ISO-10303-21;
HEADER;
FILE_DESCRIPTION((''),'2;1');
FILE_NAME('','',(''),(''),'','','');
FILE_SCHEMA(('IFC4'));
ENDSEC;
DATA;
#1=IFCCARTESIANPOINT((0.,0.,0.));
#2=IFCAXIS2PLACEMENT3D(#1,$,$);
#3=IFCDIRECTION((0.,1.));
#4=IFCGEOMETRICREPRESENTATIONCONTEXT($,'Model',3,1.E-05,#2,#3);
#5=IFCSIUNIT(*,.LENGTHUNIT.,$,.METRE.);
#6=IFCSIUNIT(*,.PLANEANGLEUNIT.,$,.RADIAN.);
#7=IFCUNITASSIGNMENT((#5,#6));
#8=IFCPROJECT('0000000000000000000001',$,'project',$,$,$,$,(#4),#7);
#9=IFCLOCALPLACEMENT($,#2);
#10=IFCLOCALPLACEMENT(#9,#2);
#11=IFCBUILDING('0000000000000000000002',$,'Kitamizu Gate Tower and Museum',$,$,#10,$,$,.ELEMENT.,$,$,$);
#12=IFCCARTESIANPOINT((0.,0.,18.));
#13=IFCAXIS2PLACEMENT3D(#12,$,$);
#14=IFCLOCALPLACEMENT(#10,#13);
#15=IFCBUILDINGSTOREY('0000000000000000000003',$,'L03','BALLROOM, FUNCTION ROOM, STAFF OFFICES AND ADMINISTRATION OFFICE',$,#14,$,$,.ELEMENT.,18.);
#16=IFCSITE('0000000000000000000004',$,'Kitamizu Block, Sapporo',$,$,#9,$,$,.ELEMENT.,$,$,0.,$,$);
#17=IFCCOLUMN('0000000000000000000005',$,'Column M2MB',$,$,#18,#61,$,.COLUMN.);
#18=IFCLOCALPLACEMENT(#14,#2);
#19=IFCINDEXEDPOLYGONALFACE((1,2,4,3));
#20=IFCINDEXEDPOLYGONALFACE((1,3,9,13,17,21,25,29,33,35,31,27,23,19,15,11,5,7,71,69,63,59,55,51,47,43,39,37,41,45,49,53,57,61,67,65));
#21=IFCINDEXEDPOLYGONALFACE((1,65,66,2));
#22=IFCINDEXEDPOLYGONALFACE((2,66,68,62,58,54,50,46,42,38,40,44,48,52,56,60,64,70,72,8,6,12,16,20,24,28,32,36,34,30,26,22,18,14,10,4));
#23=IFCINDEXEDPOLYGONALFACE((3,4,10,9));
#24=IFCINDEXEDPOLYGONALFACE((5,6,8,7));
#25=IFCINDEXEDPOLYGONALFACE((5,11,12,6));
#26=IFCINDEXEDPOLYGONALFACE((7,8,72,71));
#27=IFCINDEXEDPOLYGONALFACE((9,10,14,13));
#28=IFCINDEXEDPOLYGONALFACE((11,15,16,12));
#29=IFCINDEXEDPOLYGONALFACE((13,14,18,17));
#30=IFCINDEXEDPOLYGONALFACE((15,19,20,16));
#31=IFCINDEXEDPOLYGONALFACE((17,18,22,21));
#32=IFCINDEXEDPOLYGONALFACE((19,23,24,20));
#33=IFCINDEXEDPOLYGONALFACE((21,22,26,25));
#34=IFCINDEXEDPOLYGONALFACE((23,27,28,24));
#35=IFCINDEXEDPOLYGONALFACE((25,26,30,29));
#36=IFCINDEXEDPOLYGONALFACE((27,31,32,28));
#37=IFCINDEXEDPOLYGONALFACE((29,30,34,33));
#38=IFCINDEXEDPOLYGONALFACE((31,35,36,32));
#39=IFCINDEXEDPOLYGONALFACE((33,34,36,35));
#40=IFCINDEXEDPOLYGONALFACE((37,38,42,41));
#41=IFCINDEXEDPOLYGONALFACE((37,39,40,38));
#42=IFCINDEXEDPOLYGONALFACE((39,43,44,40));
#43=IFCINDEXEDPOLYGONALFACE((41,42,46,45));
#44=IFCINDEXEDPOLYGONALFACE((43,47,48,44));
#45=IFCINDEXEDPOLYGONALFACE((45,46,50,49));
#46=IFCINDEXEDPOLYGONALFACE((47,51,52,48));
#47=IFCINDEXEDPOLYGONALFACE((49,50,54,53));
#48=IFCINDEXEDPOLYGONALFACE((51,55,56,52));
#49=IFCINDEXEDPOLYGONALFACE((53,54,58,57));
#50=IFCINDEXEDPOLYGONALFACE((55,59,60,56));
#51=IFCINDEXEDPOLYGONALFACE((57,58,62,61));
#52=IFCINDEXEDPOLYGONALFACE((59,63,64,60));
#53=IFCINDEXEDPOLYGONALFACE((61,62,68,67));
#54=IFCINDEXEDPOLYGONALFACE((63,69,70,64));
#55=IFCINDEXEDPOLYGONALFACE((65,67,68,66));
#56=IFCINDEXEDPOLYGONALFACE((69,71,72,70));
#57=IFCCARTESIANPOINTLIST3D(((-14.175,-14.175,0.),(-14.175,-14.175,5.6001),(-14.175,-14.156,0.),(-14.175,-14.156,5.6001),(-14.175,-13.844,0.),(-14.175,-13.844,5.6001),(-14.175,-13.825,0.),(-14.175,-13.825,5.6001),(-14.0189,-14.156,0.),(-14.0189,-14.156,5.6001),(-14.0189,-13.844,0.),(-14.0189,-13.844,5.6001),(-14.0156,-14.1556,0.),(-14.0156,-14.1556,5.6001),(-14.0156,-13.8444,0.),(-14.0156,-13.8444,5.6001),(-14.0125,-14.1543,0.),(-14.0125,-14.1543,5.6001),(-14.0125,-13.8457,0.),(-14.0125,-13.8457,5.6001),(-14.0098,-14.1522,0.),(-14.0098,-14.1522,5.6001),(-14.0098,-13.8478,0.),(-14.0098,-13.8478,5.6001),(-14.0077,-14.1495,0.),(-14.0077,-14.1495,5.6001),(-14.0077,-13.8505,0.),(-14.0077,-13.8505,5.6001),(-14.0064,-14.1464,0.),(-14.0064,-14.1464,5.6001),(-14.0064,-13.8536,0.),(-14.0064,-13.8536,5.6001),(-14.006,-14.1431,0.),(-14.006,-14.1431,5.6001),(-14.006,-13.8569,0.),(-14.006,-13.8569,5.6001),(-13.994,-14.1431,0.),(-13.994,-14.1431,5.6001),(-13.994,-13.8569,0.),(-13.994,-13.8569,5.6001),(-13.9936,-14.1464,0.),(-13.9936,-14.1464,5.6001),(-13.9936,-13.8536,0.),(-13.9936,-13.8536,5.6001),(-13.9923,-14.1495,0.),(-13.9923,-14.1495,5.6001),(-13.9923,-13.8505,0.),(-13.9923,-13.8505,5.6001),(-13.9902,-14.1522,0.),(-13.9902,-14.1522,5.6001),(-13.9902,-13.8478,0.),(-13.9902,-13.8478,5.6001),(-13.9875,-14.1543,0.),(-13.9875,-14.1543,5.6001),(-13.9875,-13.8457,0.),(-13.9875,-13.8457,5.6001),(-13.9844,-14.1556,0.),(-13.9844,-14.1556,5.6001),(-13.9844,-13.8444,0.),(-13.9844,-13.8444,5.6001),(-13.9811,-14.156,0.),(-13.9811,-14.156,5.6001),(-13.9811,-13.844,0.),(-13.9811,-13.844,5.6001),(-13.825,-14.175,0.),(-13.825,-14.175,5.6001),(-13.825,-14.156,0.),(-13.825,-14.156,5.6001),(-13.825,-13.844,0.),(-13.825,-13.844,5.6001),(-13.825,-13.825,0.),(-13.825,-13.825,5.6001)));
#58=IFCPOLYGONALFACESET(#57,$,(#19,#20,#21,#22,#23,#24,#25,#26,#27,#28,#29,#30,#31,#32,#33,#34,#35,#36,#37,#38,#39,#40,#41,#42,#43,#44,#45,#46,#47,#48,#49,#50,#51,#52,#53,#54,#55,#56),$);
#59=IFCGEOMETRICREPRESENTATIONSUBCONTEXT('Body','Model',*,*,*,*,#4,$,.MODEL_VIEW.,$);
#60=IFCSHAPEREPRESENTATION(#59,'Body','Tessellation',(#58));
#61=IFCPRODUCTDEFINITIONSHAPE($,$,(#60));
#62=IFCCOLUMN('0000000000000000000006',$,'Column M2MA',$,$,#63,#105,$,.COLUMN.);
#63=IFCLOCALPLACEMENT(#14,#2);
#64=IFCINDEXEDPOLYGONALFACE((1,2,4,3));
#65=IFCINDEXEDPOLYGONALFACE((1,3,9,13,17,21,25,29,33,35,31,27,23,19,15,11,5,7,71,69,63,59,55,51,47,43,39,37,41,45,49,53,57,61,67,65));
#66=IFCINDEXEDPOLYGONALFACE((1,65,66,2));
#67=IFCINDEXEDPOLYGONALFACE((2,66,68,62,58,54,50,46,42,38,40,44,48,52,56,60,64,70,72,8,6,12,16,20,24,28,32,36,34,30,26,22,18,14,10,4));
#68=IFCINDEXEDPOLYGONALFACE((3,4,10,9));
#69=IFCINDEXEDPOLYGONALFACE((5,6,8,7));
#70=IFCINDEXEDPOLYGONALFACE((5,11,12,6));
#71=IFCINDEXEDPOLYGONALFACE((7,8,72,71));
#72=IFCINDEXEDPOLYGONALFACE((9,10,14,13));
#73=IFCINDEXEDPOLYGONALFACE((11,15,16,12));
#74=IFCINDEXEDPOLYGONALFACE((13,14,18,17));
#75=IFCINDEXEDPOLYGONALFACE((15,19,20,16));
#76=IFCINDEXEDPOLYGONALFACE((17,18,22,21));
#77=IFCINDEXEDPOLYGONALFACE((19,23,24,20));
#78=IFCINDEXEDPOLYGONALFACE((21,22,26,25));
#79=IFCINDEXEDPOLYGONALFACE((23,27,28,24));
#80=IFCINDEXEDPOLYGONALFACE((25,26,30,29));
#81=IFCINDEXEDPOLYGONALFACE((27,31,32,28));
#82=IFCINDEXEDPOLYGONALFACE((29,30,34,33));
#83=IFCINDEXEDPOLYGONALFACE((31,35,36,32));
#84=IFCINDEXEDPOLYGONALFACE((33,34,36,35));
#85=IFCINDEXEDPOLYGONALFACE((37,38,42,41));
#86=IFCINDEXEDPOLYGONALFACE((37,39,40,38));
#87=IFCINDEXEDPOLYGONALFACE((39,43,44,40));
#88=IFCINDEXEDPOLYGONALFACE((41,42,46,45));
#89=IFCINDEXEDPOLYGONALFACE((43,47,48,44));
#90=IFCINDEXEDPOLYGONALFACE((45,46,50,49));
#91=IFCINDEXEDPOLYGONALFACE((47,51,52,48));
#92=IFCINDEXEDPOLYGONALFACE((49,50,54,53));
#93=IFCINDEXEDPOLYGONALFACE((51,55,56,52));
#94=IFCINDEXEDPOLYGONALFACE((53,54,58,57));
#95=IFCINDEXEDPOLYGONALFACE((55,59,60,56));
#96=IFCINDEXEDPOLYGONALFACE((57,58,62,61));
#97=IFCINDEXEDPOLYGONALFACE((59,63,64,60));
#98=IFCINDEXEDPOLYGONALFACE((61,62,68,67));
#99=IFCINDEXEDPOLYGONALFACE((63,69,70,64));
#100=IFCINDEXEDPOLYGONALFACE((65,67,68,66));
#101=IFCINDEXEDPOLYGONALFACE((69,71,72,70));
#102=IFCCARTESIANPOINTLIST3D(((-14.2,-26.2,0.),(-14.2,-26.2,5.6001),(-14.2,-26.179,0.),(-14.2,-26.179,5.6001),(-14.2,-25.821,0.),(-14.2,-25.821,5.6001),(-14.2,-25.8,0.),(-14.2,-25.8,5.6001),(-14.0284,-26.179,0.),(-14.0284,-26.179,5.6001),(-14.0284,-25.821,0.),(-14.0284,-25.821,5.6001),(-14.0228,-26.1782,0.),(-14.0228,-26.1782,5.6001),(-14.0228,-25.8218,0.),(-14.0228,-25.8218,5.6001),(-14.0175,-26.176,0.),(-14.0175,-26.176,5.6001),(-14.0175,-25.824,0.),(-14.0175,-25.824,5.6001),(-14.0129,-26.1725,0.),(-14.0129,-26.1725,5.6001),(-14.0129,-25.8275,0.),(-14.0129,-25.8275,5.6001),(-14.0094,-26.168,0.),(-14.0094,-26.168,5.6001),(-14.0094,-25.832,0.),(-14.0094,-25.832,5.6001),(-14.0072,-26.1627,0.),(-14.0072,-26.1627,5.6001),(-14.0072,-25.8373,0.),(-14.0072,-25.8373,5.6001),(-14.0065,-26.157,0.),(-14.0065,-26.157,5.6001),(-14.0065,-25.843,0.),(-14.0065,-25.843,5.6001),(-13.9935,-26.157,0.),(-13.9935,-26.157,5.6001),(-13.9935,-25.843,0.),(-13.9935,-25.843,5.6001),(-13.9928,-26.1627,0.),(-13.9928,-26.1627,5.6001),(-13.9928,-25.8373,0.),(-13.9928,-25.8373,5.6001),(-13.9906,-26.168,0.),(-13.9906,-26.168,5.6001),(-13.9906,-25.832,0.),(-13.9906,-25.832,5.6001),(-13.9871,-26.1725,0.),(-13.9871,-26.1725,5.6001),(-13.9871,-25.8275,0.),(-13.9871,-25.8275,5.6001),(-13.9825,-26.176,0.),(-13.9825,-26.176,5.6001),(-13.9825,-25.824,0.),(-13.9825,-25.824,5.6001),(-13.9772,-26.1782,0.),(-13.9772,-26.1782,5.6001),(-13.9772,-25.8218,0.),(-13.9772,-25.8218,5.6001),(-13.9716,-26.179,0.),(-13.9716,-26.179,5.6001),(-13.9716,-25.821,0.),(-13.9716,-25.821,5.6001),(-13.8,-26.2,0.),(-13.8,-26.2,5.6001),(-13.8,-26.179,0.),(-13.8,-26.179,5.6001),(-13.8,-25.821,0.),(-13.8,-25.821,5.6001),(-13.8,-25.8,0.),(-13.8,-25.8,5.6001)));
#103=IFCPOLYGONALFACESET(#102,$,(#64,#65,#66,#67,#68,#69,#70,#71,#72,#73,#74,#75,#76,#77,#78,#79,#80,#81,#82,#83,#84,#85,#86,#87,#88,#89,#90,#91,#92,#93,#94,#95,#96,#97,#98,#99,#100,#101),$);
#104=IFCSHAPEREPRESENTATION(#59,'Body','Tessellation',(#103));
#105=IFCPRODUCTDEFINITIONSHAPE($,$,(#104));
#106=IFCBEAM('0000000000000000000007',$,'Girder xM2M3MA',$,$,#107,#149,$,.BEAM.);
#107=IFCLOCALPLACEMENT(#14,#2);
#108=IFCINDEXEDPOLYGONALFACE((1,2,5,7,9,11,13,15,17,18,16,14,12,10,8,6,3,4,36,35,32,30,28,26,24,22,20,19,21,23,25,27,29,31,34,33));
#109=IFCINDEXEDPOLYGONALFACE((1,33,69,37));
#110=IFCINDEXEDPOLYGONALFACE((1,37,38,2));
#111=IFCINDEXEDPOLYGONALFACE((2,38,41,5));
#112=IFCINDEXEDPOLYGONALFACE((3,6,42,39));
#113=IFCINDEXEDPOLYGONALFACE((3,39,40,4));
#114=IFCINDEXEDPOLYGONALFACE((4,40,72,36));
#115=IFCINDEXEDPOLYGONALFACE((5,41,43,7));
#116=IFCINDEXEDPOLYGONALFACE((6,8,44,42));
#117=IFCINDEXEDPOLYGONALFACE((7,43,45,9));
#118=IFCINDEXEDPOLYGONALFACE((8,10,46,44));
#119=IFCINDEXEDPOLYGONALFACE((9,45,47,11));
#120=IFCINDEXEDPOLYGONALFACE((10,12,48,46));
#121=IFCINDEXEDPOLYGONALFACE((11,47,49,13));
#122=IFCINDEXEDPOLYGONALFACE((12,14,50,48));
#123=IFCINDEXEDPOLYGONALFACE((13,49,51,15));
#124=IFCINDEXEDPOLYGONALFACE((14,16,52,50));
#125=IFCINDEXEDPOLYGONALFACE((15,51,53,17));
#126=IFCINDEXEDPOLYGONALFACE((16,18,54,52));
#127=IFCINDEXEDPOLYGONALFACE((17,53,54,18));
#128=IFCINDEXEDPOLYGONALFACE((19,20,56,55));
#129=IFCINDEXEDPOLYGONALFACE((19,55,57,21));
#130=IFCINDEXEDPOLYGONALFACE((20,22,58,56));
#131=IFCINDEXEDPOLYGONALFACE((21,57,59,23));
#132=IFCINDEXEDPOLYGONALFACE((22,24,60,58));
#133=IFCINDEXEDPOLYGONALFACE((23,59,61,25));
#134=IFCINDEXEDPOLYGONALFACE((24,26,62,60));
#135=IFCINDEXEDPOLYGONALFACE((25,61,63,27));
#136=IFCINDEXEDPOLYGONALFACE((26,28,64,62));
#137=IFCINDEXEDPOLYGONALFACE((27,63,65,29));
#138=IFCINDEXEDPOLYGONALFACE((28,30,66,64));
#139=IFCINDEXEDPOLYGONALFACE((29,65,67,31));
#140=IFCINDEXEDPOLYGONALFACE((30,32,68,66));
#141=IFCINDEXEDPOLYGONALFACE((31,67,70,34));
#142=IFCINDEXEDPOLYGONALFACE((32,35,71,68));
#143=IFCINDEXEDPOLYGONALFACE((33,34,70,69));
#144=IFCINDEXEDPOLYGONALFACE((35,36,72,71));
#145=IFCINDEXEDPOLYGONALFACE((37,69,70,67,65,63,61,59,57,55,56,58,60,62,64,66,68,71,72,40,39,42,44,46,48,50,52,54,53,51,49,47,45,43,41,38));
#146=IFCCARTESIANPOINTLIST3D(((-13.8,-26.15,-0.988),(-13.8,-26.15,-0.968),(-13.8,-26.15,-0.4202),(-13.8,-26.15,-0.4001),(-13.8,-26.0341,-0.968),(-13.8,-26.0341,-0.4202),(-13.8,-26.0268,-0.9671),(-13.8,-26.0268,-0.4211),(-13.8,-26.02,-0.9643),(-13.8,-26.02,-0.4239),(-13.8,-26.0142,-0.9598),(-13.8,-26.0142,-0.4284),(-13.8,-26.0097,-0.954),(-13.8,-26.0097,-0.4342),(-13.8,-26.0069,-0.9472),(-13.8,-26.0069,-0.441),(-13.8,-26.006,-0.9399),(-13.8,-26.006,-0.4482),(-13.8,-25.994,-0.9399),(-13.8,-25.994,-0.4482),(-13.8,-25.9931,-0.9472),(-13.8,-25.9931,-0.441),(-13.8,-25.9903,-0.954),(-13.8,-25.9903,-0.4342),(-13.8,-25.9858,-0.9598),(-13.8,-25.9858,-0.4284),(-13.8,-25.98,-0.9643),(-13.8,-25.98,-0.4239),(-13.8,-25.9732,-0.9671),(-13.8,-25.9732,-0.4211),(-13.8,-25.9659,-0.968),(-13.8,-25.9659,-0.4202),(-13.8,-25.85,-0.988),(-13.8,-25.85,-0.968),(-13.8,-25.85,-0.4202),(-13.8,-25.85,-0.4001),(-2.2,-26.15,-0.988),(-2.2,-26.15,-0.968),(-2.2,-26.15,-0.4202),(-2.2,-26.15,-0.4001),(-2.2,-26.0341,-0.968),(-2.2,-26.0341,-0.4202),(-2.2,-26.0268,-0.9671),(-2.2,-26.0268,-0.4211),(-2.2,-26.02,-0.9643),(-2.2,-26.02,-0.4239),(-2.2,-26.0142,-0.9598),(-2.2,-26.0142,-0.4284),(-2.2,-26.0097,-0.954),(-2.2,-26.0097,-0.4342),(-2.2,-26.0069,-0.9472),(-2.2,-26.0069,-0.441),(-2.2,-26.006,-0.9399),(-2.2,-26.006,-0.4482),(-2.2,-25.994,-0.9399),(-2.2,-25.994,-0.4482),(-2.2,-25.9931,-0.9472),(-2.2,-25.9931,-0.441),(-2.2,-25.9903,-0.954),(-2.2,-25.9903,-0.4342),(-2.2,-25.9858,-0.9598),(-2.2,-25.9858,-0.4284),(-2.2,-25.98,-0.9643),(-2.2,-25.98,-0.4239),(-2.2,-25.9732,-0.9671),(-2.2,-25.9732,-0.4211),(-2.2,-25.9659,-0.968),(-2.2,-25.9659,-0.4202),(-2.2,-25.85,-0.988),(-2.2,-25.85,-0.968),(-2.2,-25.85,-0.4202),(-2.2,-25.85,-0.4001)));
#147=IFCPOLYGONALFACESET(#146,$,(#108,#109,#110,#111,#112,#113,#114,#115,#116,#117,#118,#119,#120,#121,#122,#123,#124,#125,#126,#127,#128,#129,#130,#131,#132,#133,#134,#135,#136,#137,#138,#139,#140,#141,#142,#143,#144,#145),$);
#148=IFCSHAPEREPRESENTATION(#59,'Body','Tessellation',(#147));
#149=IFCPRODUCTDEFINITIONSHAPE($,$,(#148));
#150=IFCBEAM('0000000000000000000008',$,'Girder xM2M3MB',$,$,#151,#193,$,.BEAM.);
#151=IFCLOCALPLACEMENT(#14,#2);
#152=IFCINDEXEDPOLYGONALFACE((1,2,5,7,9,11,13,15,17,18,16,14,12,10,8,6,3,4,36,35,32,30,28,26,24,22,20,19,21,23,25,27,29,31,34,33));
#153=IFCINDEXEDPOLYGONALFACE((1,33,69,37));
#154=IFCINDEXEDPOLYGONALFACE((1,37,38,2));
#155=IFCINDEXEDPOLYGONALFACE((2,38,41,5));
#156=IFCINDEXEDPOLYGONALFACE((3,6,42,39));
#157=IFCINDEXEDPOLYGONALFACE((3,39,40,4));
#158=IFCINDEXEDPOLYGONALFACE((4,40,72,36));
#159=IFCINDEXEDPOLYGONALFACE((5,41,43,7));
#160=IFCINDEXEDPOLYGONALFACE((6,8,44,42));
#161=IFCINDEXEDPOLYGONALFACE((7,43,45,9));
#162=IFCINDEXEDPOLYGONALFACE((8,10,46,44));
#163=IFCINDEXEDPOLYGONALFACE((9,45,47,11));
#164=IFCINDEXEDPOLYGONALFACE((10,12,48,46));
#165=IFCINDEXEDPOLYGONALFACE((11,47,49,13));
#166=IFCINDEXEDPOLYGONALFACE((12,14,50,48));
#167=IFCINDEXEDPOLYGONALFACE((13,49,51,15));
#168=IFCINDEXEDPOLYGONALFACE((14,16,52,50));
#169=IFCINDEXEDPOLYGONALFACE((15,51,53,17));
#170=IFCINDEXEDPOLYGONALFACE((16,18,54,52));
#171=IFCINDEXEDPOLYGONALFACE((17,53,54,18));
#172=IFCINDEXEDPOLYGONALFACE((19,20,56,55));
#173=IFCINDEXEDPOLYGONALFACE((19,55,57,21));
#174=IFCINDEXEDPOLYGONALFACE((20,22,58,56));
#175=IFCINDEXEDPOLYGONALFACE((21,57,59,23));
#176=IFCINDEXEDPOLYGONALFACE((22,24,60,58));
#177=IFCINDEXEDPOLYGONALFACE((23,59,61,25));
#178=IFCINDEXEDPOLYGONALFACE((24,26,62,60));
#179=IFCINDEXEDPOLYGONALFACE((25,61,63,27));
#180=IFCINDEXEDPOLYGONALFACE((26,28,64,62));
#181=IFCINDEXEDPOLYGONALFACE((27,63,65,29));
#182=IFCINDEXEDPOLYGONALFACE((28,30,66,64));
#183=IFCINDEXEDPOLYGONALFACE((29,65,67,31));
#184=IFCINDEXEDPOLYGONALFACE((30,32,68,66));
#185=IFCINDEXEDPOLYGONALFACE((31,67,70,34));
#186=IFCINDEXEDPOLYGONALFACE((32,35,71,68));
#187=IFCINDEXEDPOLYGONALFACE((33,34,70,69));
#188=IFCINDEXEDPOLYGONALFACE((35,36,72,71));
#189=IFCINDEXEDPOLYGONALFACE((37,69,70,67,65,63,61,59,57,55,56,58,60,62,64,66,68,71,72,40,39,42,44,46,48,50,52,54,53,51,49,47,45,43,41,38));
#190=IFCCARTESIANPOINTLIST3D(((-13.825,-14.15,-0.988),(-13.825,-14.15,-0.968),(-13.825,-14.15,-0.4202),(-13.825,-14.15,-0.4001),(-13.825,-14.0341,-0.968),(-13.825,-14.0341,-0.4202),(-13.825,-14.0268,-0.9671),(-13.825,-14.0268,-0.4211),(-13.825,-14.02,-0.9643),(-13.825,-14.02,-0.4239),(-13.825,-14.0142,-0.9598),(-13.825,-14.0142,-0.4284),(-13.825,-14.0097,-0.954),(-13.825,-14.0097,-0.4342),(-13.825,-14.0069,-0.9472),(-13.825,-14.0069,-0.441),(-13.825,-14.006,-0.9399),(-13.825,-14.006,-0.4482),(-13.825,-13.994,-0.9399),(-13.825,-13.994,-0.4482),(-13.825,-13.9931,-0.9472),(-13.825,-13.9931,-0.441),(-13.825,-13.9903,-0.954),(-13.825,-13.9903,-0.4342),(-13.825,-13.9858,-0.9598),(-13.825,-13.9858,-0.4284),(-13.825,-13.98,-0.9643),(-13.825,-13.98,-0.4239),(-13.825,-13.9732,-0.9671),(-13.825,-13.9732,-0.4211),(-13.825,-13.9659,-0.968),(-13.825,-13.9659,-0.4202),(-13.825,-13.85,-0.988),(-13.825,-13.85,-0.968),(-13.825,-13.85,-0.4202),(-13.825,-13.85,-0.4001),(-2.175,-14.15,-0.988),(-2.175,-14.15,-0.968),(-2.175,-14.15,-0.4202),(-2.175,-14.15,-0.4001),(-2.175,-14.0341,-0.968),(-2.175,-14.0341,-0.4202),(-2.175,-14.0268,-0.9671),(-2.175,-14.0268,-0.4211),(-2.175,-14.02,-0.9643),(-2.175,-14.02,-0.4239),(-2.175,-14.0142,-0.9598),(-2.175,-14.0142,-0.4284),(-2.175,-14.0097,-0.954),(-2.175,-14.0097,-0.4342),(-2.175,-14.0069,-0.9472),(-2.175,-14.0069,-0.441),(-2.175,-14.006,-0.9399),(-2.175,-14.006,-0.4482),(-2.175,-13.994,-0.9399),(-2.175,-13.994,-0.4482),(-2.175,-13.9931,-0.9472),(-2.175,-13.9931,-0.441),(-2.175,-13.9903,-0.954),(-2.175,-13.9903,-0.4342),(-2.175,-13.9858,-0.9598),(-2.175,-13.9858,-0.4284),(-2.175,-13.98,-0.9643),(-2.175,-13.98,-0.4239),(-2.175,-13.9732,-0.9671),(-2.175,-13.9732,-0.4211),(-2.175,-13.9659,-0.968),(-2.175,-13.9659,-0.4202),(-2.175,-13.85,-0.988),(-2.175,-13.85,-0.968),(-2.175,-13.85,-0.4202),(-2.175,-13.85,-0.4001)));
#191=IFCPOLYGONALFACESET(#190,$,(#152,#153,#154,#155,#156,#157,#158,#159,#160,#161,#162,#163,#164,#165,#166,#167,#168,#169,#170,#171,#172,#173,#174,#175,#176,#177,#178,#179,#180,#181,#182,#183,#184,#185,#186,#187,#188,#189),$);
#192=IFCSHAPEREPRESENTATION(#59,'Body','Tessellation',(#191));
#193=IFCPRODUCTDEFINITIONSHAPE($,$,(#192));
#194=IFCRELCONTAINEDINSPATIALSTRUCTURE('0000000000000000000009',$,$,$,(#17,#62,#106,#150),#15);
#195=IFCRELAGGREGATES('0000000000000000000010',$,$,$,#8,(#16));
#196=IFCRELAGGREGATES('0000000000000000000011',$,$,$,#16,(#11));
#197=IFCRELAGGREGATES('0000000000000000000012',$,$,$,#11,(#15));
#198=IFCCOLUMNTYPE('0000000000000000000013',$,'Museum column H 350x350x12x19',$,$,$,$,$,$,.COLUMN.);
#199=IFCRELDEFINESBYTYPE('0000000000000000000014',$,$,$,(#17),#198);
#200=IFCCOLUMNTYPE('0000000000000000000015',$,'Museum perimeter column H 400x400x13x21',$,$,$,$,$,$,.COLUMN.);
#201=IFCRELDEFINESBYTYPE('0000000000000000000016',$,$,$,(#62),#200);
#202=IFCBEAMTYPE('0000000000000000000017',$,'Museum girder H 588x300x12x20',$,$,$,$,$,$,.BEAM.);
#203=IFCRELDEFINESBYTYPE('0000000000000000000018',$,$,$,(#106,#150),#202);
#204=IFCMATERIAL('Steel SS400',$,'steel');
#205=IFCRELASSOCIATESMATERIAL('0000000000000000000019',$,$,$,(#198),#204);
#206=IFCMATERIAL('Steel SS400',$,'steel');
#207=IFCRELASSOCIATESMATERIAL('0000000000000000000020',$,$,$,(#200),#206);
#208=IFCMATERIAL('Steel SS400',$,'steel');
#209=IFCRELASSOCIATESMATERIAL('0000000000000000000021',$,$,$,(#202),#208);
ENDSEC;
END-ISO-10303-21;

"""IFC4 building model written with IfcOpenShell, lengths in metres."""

from ifc_helpers import new_model, si_unit, direction, frame, origin, origin_2d, place, context, subcontext, project, spatial, i_section, extrude, material, material_profile, profile_set, type_object, element, save


model = new_model("IFC4")

# Units and contexts
model_context = context("Model", 3, precision=1e-05, world=origin(), true_north=direction((0.0, 1.0)))
body_context = subcontext(model_context, "Body", "Model", "MODEL_VIEW")
ifc_project = project(units=[si_unit("LENGTHUNIT", "METRE"), si_unit("PLANEANGLEUNIT", "RADIAN")], contexts=[model_context])

# Site, building, storey
site_placement = place(None, origin())
site = spatial("IfcSite", under=ifc_project, at=site_placement, Name="Kitamizu Block, Sapporo", CompositionType="ELEMENT", RefElevation=0.0)
building_placement = place(site_placement, origin())
building = spatial("IfcBuilding", under=site, at=building_placement, Name="Kitamizu Gate Tower and Museum", CompositionType="ELEMENT")
storey_placement = place(building_placement, frame((0.0, 0.0, 18.0)))
storey = spatial("IfcBuildingStorey", under=building, at=storey_placement, Name="L03", Description="BALLROOM, FUNCTION ROOM, STAFF OFFICES AND ADMINISTRATION OFFICE", CompositionType="ELEMENT", Elevation=18.0)

# Columns
ifc_material_1 = material(Name="Steel SS400", Category="steel")
ifc_material_profile_1 = material_profile(ifc_material_1, i_section(OverallWidth=0.3501, OverallDepth=0.3501, WebThickness=0.012, FlangeThickness=0.019, FilletRadius=0.0129, at=origin_2d()), Name="H-350x350x12x19")
ifc_profile_set_1 = profile_set([ifc_material_profile_1], Name="Steel SS400")
column_type_1 = type_object("IfcColumnType", Name="Museum column H 350x350x12x19", PredefinedType="COLUMN", material=ifc_profile_set_1)
column_1_placement = place(storey_placement, frame((-14.0, -14.0, 0.0), z_axis=(0.0, 0.0, 1.0), x_axis=(1.0, 0.0, 0.0)))
element("IfcColumn", 1, at=column_1_placement, inside=storey, type_object=column_type_1, Name="Column M2MB", PredefinedType="COLUMN", context=body_context, shape_type="SweptSolid", body=[
    extrude(i_section(OverallWidth=0.3501, OverallDepth=0.3501, WebThickness=0.012, FlangeThickness=0.019, FilletRadius=0.0129, at=origin_2d()), origin(), (0.0, 0.0, 1.0), 5.6001),
])
ifc_material_2 = material(Name="Steel SS400", Category="steel")
ifc_material_profile_2 = material_profile(ifc_material_2, i_section(OverallWidth=0.3999, OverallDepth=0.3999, WebThickness=0.0129, FlangeThickness=0.021, FilletRadius=0.022, at=origin_2d()), Name="H-400x400x13x21")
ifc_profile_set_2 = profile_set([ifc_material_profile_2], Name="Steel SS400")
column_type_2 = type_object("IfcColumnType", Name="Museum perimeter column H 400x400x13x21", PredefinedType="COLUMN", material=ifc_profile_set_2)
column_2_placement = place(storey_placement, frame((-14.0, -26.0, 0.0), z_axis=(0.0, 0.0, 1.0), x_axis=(1.0, 0.0, 0.0)))
element("IfcColumn", 2, at=column_2_placement, inside=storey, type_object=column_type_2, Name="Column M2MA", PredefinedType="COLUMN", context=body_context, shape_type="SweptSolid", body=[
    extrude(i_section(OverallWidth=0.3999, OverallDepth=0.3999, WebThickness=0.0129, FlangeThickness=0.021, FilletRadius=0.022, at=origin_2d()), origin(), (0.0, 0.0, 1.0), 5.6001),
])

# Beams
ifc_material_3 = material(Name="Steel SS400", Category="steel")
ifc_material_profile_3 = material_profile(ifc_material_3, i_section(OverallWidth=0.3, OverallDepth=0.5879, WebThickness=0.012, FlangeThickness=0.02, FilletRadius=0.0281, at=origin_2d()), Name="H-588x300x12x20")
ifc_profile_set_3 = profile_set([ifc_material_profile_3], Name="Steel SS400")
beam_type_1 = type_object("IfcBeamType", Name="Museum girder H 588x300x12x20", PredefinedType="BEAM", material=ifc_profile_set_3)
beam_1_placement = place(storey_placement, frame((-13.8, -26.0, -0.6941), z_axis=(1.0, 0.0, 0.0), x_axis=(0.0, 1.0, 0.0)))
element("IfcBeam", 3, at=beam_1_placement, inside=storey, type_object=beam_type_1, Name="Girder xM2M3MA", PredefinedType="BEAM", context=body_context, shape_type="SweptSolid", body=[
    extrude(i_section(OverallWidth=0.3, OverallDepth=0.5879, WebThickness=0.012, FlangeThickness=0.02, FilletRadius=0.0281, at=origin_2d()), origin(), (0.0, 0.0, 1.0), 11.6001),
])
beam_2_placement = place(storey_placement, frame((-13.825, -14.0, -0.6941), z_axis=(1.0, 0.0, 0.0), x_axis=(0.0, 1.0, 0.0)))
element("IfcBeam", 4, at=beam_2_placement, inside=storey, type_object=beam_type_1, Name="Girder xM2M3MB", PredefinedType="BEAM", context=body_context, shape_type="SweptSolid", body=[
    extrude(i_section(OverallWidth=0.3, OverallDepth=0.5879, WebThickness=0.012, FlangeThickness=0.02, FilletRadius=0.0281, at=origin_2d()), origin(), (0.0, 0.0, 1.0), 11.6499),
])

save(model, "model.ifc")
